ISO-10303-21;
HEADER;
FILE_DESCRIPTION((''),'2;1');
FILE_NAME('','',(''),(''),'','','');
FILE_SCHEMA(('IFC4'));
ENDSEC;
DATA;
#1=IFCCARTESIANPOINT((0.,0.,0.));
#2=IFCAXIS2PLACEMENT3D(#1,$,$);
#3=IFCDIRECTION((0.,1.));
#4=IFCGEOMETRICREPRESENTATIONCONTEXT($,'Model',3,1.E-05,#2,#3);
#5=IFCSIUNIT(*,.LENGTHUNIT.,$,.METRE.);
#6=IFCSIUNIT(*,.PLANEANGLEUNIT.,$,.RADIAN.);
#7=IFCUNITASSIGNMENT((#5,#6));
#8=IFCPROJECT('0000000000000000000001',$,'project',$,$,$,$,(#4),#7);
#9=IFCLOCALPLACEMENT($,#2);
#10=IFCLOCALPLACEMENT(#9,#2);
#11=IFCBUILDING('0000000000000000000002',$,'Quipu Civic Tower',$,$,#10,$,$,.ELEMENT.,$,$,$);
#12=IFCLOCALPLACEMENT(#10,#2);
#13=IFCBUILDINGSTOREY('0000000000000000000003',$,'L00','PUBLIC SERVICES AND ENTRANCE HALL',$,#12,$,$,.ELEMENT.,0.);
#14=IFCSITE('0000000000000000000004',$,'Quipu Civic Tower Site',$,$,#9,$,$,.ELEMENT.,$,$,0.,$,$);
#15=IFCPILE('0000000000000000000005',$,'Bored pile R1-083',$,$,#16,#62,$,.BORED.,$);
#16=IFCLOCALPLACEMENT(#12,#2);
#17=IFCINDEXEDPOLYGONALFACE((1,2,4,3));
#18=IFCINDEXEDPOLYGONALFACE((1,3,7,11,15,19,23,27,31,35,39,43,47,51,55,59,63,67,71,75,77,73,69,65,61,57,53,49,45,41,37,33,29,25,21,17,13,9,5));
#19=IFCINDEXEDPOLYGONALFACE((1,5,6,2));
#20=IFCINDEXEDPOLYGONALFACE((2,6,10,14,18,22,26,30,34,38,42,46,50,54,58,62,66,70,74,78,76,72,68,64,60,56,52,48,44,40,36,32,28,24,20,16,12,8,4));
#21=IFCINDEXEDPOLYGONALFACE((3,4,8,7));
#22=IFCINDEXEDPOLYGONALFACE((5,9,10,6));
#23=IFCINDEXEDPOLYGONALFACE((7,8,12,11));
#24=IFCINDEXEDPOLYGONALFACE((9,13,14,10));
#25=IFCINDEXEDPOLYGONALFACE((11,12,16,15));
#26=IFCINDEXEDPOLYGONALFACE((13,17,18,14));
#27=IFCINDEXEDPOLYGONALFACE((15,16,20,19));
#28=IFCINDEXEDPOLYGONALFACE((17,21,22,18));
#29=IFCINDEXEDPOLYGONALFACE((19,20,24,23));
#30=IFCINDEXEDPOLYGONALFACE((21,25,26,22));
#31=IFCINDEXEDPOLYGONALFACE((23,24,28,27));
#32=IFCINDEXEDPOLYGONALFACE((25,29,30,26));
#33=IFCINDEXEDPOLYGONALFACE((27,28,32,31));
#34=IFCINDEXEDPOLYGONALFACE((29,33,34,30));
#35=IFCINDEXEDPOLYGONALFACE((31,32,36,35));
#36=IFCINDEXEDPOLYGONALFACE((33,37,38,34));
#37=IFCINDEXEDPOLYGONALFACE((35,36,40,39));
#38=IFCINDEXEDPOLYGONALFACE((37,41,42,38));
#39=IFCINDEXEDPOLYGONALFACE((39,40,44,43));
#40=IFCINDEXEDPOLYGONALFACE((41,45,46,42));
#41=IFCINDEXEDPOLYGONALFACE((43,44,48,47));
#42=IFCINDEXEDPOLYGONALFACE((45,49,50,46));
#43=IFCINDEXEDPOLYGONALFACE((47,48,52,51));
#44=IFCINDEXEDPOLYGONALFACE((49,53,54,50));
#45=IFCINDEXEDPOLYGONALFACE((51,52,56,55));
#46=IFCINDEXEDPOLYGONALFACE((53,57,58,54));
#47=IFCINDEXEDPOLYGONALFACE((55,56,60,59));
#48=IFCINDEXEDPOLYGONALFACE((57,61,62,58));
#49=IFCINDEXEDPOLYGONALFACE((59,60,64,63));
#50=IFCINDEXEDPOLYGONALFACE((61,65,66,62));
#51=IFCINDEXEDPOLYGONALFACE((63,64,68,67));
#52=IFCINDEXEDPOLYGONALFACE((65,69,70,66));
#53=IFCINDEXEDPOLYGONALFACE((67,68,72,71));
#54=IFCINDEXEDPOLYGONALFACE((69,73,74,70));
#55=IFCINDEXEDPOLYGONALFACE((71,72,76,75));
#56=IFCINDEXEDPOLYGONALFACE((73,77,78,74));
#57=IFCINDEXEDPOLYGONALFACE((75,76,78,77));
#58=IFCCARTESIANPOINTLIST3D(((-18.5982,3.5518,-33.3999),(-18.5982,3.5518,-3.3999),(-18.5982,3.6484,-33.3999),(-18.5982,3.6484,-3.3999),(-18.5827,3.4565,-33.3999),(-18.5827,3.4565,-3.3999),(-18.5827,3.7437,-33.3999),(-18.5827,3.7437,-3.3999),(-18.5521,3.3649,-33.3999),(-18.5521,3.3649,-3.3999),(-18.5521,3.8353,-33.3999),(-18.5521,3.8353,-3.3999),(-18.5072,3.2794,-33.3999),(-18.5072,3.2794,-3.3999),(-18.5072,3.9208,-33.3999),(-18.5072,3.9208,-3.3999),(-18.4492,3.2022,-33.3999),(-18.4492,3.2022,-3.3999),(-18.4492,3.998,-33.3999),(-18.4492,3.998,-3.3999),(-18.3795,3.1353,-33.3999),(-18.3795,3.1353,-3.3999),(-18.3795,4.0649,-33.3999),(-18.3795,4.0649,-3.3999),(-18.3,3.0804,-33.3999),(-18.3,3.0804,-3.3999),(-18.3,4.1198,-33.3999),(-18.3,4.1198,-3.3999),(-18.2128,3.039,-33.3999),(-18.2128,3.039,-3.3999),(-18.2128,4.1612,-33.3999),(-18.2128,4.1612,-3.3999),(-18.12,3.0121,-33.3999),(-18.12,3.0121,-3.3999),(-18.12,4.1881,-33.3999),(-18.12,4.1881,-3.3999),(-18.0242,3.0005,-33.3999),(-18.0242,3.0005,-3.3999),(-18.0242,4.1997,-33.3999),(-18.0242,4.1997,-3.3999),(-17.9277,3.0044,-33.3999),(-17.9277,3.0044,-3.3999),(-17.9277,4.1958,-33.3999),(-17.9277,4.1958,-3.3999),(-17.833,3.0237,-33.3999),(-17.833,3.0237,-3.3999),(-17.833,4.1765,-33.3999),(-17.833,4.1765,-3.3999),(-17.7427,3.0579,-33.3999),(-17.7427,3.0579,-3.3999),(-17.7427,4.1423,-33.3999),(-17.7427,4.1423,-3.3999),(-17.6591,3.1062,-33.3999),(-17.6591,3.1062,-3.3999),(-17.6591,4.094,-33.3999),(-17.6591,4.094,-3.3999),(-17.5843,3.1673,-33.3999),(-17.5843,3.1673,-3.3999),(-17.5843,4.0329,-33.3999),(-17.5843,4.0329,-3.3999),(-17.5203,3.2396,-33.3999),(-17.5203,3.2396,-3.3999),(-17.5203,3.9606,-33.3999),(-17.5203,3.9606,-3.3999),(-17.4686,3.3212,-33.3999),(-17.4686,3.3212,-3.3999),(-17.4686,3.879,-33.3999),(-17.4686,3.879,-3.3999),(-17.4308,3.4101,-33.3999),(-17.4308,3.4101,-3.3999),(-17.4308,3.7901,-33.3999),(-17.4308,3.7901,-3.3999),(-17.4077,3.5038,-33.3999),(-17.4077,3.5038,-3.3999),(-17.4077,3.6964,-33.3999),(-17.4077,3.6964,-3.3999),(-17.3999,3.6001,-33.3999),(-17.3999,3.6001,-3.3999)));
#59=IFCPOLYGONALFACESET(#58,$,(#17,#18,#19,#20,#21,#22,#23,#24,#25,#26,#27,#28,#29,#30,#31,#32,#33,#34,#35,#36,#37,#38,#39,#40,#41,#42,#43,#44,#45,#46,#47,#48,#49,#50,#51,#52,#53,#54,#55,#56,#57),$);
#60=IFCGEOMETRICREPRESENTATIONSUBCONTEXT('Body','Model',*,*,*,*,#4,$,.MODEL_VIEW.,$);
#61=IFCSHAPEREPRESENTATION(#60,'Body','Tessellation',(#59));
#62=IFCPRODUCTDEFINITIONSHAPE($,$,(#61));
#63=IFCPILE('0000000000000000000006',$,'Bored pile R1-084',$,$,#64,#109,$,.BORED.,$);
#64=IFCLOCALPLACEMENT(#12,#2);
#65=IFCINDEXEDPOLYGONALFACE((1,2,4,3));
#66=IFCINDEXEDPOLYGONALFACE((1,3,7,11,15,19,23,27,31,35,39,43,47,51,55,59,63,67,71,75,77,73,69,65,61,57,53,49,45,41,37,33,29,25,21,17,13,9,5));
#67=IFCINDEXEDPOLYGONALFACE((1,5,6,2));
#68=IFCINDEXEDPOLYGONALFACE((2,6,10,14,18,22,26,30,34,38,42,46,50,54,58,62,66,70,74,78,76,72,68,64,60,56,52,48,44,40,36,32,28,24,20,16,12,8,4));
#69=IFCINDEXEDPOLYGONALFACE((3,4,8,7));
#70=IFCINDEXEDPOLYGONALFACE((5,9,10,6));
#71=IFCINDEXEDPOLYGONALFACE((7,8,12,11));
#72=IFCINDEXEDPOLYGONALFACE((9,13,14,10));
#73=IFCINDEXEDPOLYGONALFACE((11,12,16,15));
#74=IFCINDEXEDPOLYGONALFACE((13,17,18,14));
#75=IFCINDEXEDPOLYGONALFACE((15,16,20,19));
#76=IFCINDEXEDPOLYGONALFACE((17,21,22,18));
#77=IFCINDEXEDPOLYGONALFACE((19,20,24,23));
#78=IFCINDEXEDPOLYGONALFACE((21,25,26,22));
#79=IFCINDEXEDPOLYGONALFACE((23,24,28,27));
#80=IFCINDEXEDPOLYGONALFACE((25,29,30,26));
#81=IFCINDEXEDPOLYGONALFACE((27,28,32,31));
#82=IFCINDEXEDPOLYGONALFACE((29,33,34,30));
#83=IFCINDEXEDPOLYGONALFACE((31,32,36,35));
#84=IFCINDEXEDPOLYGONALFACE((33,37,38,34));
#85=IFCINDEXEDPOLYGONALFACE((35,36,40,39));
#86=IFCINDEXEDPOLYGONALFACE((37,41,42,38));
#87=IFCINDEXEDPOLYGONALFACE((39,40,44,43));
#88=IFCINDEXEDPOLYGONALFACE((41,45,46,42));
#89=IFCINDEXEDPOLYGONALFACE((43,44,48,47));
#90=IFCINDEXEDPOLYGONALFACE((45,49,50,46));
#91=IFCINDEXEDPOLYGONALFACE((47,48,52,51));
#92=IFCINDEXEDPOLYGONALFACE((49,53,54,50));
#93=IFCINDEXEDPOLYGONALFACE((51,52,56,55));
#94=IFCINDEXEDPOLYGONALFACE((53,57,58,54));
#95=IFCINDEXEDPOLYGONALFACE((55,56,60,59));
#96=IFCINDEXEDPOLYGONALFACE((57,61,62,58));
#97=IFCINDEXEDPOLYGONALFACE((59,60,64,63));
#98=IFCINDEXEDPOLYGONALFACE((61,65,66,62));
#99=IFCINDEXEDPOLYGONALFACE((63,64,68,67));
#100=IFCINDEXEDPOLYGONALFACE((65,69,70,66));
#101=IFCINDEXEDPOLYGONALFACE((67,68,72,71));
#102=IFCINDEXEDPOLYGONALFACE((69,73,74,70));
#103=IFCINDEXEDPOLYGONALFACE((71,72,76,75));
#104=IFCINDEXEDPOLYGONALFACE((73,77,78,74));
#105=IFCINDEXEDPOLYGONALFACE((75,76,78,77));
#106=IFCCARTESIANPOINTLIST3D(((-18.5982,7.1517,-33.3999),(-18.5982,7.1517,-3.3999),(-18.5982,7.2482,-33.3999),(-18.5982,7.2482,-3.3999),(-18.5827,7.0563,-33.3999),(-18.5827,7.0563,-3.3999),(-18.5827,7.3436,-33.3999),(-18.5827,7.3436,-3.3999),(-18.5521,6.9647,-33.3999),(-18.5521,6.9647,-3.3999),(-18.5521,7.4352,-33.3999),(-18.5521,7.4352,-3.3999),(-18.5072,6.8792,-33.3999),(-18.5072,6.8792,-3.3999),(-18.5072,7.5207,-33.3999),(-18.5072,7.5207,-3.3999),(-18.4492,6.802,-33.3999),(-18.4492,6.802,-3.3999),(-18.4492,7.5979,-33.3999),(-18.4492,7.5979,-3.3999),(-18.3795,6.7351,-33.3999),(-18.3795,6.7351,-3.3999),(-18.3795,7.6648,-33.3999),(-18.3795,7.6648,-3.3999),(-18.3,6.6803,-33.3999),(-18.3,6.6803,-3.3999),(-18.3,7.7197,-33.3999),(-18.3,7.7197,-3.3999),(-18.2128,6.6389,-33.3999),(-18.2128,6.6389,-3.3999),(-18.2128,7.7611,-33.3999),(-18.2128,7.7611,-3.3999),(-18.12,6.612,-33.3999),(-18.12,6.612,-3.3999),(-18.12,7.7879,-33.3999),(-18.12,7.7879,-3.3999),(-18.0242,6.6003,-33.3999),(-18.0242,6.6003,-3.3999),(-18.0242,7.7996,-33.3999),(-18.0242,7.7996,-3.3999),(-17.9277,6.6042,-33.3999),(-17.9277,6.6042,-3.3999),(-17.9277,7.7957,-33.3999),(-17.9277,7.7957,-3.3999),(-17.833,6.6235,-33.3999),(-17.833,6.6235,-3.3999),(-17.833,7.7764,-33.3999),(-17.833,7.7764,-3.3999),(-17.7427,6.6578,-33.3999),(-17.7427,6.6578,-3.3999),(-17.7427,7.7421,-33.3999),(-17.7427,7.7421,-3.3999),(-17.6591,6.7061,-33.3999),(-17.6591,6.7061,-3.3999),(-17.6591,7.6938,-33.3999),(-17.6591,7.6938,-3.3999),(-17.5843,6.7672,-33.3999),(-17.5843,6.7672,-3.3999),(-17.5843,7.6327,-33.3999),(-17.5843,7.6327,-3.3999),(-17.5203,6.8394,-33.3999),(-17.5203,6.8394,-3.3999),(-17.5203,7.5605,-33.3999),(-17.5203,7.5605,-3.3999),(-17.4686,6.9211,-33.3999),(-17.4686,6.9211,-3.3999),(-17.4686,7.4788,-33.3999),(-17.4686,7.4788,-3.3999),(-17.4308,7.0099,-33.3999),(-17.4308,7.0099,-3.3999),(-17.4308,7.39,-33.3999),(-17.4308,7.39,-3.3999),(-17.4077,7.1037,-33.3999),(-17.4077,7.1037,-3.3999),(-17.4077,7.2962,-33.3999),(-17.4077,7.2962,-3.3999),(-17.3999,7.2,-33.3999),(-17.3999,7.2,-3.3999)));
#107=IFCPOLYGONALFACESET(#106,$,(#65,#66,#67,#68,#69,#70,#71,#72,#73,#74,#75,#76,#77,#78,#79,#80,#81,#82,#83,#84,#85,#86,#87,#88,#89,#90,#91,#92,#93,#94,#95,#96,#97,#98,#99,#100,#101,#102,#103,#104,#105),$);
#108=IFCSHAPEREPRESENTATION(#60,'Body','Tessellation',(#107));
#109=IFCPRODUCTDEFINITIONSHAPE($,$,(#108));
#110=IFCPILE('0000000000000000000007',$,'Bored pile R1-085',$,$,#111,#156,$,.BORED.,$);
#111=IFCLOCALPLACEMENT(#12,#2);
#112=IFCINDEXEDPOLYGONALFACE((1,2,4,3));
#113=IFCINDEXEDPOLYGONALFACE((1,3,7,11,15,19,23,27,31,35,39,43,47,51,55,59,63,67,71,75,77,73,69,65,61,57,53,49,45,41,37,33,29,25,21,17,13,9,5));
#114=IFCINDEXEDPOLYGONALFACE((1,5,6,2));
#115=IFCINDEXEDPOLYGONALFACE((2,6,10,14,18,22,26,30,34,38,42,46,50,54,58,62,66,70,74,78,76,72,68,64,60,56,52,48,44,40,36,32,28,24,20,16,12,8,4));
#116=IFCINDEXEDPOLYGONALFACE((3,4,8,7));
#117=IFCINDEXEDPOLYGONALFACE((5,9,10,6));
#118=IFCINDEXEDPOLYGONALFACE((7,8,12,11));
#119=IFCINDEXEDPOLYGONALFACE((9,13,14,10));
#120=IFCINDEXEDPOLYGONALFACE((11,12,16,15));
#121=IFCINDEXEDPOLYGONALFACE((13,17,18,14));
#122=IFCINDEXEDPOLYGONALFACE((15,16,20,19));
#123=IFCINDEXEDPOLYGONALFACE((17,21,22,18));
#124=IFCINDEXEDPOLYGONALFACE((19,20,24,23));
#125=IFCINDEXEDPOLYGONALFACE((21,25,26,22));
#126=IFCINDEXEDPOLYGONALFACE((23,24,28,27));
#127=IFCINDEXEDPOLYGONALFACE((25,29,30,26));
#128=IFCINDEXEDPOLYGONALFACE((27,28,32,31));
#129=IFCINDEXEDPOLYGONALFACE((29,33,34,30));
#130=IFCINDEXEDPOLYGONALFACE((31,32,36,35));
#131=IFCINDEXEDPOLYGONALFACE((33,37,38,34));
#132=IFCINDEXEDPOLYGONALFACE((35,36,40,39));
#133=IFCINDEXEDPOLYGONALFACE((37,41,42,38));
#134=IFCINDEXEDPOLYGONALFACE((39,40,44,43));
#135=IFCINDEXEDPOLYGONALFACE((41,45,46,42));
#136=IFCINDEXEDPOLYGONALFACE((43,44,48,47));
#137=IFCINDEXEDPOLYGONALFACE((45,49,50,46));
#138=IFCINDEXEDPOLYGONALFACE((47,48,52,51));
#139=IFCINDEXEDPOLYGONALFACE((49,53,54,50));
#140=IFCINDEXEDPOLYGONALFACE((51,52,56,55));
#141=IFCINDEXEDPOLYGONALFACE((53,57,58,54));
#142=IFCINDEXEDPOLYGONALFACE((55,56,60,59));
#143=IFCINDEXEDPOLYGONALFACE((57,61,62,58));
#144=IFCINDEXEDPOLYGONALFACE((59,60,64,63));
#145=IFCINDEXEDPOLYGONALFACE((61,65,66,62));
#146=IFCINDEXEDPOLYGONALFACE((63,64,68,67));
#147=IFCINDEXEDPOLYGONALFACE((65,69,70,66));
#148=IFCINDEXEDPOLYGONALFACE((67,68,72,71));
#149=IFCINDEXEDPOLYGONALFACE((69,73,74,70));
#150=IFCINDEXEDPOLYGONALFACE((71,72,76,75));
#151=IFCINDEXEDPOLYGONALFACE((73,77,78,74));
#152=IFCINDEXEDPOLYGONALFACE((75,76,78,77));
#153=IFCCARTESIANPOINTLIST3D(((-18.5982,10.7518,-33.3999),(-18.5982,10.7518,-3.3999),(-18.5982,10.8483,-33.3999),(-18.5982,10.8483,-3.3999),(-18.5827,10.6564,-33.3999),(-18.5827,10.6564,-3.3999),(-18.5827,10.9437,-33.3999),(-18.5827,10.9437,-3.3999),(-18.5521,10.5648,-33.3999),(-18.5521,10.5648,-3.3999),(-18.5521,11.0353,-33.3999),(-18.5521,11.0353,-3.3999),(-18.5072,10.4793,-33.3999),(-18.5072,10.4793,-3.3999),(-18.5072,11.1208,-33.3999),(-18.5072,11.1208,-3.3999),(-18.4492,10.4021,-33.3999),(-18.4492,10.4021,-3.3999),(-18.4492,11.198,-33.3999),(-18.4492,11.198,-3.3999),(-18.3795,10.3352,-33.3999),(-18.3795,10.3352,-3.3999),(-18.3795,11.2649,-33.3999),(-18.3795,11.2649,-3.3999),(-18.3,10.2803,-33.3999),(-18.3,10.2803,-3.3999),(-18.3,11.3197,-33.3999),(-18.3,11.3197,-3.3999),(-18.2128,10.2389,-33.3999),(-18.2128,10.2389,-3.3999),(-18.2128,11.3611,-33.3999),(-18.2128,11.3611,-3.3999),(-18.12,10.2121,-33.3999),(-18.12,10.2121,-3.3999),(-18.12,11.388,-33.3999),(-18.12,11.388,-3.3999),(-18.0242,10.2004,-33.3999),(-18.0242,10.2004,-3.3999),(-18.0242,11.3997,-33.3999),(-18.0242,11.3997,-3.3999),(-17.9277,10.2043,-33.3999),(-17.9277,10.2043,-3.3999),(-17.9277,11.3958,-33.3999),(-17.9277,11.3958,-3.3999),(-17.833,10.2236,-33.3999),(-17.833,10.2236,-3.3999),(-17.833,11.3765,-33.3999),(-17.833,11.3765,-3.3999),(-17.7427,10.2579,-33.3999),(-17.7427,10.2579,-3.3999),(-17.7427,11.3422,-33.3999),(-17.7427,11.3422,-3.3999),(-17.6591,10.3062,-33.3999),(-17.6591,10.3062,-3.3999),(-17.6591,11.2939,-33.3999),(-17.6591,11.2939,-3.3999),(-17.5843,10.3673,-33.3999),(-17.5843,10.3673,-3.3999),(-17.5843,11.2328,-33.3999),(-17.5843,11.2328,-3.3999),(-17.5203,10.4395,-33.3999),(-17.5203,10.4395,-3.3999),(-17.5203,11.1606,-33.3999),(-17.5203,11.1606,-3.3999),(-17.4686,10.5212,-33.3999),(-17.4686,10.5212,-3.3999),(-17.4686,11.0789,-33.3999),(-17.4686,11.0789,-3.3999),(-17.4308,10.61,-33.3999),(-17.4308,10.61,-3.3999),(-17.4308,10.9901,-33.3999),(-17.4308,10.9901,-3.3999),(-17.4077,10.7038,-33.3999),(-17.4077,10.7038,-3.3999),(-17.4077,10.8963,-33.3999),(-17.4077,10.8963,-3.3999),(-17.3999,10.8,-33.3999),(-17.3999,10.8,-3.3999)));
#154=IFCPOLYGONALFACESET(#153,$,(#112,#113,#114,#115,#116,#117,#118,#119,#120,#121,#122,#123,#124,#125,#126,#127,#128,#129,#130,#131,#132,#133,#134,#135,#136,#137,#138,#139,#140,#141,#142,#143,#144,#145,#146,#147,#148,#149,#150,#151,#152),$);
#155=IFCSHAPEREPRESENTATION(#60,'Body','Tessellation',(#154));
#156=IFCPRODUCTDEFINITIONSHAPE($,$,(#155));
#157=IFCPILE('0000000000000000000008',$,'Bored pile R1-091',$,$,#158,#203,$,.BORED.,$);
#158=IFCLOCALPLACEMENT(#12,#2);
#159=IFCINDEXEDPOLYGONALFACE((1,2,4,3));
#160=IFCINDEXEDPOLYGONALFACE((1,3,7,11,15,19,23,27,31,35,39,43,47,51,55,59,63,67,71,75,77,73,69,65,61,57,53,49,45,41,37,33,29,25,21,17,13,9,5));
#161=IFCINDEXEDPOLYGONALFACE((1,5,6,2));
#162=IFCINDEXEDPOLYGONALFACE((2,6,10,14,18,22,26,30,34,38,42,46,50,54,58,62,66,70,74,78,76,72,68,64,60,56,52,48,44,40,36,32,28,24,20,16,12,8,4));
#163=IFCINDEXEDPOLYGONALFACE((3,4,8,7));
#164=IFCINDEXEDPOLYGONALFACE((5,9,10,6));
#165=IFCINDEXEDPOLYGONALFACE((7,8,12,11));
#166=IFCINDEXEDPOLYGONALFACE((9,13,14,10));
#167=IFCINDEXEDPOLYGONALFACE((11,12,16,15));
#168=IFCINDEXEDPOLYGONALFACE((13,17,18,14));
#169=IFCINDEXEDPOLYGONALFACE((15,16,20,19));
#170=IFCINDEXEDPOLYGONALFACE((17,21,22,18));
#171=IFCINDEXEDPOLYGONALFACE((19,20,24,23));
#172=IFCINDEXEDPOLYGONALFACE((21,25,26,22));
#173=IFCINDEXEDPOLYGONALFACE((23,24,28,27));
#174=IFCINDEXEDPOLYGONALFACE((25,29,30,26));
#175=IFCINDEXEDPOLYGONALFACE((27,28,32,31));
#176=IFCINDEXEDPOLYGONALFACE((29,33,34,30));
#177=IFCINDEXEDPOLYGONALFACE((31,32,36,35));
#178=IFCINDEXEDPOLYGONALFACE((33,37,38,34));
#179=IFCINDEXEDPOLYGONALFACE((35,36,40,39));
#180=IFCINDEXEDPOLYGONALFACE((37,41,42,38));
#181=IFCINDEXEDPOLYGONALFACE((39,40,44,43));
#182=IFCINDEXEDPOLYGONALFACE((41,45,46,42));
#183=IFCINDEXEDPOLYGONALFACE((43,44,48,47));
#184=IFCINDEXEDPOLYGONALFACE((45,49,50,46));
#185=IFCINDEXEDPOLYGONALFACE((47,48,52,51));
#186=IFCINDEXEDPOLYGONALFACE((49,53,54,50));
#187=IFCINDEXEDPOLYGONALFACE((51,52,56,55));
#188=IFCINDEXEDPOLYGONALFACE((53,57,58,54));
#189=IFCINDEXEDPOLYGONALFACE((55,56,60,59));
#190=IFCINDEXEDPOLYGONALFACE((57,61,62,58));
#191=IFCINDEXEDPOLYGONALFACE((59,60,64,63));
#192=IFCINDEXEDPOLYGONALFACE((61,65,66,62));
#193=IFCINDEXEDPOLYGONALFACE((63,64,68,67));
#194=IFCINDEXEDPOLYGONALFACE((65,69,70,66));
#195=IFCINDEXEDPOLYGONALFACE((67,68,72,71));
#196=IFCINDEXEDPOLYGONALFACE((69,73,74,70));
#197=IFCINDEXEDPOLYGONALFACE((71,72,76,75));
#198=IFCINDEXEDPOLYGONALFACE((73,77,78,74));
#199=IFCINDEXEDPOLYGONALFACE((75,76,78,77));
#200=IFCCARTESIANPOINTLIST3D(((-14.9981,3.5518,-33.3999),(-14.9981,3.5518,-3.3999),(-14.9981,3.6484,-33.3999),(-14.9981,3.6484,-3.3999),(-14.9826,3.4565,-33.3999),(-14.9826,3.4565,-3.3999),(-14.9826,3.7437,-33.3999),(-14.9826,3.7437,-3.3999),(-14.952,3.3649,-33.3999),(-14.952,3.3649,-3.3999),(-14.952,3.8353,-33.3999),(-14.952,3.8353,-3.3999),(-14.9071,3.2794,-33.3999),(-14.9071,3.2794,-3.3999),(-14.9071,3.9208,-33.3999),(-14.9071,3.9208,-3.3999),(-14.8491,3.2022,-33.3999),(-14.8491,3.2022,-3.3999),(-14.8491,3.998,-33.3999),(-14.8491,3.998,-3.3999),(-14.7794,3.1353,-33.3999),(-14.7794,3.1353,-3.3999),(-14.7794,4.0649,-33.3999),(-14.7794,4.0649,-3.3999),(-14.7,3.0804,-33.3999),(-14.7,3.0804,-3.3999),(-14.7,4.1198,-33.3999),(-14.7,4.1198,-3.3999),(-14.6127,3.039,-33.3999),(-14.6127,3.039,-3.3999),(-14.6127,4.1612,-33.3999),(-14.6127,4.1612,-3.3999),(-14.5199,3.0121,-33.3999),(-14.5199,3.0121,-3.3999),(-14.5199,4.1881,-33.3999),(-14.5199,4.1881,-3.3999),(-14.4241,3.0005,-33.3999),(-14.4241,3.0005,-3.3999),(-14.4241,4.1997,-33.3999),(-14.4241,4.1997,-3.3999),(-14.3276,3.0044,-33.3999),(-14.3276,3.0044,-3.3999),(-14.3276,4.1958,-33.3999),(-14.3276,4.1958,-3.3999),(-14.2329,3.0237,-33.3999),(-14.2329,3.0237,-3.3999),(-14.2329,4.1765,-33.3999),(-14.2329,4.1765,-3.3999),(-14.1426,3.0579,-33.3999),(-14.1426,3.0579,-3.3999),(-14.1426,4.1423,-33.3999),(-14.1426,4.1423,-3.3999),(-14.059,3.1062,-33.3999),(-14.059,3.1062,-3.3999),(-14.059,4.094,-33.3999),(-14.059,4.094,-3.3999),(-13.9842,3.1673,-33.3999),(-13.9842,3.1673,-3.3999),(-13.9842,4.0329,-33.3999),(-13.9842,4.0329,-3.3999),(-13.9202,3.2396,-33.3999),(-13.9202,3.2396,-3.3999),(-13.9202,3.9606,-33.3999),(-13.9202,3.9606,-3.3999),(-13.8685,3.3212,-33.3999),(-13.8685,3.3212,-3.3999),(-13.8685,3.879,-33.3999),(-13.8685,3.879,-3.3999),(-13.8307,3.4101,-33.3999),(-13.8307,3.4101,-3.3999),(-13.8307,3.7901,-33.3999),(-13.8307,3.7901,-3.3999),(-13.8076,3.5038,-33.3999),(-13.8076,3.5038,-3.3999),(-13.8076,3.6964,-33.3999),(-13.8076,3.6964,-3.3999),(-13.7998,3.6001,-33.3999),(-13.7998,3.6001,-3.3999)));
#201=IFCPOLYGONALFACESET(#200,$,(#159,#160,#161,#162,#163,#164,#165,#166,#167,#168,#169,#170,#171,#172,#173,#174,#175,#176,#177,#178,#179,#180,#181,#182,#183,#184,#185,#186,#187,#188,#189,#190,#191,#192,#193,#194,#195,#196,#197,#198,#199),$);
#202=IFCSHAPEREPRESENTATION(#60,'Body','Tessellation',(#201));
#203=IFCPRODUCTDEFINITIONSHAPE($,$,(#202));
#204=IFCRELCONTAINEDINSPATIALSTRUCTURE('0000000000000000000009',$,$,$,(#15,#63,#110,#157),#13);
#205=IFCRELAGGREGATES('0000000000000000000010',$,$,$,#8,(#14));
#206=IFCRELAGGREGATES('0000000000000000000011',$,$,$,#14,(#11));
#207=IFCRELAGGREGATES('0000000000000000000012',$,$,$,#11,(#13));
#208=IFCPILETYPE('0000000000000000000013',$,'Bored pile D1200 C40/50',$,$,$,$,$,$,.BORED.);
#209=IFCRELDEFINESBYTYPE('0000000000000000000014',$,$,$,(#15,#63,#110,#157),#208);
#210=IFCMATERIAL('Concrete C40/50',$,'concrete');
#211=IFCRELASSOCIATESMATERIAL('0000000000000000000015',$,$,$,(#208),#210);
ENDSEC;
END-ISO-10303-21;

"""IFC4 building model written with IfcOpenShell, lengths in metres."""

from ifc_helpers import new_model, si_unit, direction, frame, origin, origin_2d, place, context, subcontext, project, spatial, circle, extrude, material, material_profile, profile_set, type_object, element, save


model = new_model("IFC4")

# Units and contexts
model_context = context("Model", 3, precision=1e-05, world=origin(), true_north=direction((0.0, 1.0)))
body_context = subcontext(model_context, "Body", "Model", "MODEL_VIEW")
ifc_project = project(units=[si_unit("LENGTHUNIT", "METRE"), si_unit("PLANEANGLEUNIT", "RADIAN")], contexts=[model_context])

# Site, building, storey
site_placement = place(None, origin())
site = spatial("IfcSite", under=ifc_project, at=site_placement, Name="Quipu Civic Tower Site", CompositionType="ELEMENT", RefElevation=0.0)
building_placement = place(site_placement, origin())
building = spatial("IfcBuilding", under=site, at=building_placement, Name="Quipu Civic Tower", CompositionType="ELEMENT")
storey_placement = place(building_placement, origin())
storey = spatial("IfcBuildingStorey", under=building, at=storey_placement, Name="L00", Description="PUBLIC SERVICES AND ENTRANCE HALL", CompositionType="ELEMENT", Elevation=0.0)

# Piles
ifc_material_1 = material(Name="Concrete C40/50", Category="concrete")
ifc_material_profile_1 = material_profile(ifc_material_1, circle(Radius=0.6001, at=origin_2d()), Name="RCD1200")
ifc_profile_set_1 = profile_set([ifc_material_profile_1], Name="Concrete C40/50")
pile_type = type_object("IfcPileType", Name="Bored pile D1200 C40/50", PredefinedType="BORED", material=ifc_profile_set_1)
for number, where, z_axis, x_axis, name in (
    (1, (-18.0, 3.6001, -3.3999), (0.0, 0.0, -1.0), (1.0, 0.0, 0.0), "Bored pile R1-083"),
    (2, (-18.0, 7.2, -3.3999), (0.0, 0.0, -1.0), (1.0, 0.0, 0.0), "Bored pile R1-084"),
    (3, (-18.0, 10.8, -3.3999), (0.0, 0.0, -1.0), (1.0, 0.0, 0.0), "Bored pile R1-085"),
    (4, (-14.3999, 3.6001, -3.3999), (0.0, 0.0, -1.0), (1.0, 0.0, 0.0), "Bored pile R1-091"),
):
    element("IfcPile", number, at=place(storey_placement, frame(where, z_axis=z_axis, x_axis=x_axis)), inside=storey, type_object=pile_type, Name=name, PredefinedType="BORED", context=body_context, shape_type="SweptSolid", body=[
        extrude(circle(Radius=0.6001, at=origin_2d()), origin(), (0.0, 0.0, 1.0), 30.0),
    ])

save(model, "model.ifc")
